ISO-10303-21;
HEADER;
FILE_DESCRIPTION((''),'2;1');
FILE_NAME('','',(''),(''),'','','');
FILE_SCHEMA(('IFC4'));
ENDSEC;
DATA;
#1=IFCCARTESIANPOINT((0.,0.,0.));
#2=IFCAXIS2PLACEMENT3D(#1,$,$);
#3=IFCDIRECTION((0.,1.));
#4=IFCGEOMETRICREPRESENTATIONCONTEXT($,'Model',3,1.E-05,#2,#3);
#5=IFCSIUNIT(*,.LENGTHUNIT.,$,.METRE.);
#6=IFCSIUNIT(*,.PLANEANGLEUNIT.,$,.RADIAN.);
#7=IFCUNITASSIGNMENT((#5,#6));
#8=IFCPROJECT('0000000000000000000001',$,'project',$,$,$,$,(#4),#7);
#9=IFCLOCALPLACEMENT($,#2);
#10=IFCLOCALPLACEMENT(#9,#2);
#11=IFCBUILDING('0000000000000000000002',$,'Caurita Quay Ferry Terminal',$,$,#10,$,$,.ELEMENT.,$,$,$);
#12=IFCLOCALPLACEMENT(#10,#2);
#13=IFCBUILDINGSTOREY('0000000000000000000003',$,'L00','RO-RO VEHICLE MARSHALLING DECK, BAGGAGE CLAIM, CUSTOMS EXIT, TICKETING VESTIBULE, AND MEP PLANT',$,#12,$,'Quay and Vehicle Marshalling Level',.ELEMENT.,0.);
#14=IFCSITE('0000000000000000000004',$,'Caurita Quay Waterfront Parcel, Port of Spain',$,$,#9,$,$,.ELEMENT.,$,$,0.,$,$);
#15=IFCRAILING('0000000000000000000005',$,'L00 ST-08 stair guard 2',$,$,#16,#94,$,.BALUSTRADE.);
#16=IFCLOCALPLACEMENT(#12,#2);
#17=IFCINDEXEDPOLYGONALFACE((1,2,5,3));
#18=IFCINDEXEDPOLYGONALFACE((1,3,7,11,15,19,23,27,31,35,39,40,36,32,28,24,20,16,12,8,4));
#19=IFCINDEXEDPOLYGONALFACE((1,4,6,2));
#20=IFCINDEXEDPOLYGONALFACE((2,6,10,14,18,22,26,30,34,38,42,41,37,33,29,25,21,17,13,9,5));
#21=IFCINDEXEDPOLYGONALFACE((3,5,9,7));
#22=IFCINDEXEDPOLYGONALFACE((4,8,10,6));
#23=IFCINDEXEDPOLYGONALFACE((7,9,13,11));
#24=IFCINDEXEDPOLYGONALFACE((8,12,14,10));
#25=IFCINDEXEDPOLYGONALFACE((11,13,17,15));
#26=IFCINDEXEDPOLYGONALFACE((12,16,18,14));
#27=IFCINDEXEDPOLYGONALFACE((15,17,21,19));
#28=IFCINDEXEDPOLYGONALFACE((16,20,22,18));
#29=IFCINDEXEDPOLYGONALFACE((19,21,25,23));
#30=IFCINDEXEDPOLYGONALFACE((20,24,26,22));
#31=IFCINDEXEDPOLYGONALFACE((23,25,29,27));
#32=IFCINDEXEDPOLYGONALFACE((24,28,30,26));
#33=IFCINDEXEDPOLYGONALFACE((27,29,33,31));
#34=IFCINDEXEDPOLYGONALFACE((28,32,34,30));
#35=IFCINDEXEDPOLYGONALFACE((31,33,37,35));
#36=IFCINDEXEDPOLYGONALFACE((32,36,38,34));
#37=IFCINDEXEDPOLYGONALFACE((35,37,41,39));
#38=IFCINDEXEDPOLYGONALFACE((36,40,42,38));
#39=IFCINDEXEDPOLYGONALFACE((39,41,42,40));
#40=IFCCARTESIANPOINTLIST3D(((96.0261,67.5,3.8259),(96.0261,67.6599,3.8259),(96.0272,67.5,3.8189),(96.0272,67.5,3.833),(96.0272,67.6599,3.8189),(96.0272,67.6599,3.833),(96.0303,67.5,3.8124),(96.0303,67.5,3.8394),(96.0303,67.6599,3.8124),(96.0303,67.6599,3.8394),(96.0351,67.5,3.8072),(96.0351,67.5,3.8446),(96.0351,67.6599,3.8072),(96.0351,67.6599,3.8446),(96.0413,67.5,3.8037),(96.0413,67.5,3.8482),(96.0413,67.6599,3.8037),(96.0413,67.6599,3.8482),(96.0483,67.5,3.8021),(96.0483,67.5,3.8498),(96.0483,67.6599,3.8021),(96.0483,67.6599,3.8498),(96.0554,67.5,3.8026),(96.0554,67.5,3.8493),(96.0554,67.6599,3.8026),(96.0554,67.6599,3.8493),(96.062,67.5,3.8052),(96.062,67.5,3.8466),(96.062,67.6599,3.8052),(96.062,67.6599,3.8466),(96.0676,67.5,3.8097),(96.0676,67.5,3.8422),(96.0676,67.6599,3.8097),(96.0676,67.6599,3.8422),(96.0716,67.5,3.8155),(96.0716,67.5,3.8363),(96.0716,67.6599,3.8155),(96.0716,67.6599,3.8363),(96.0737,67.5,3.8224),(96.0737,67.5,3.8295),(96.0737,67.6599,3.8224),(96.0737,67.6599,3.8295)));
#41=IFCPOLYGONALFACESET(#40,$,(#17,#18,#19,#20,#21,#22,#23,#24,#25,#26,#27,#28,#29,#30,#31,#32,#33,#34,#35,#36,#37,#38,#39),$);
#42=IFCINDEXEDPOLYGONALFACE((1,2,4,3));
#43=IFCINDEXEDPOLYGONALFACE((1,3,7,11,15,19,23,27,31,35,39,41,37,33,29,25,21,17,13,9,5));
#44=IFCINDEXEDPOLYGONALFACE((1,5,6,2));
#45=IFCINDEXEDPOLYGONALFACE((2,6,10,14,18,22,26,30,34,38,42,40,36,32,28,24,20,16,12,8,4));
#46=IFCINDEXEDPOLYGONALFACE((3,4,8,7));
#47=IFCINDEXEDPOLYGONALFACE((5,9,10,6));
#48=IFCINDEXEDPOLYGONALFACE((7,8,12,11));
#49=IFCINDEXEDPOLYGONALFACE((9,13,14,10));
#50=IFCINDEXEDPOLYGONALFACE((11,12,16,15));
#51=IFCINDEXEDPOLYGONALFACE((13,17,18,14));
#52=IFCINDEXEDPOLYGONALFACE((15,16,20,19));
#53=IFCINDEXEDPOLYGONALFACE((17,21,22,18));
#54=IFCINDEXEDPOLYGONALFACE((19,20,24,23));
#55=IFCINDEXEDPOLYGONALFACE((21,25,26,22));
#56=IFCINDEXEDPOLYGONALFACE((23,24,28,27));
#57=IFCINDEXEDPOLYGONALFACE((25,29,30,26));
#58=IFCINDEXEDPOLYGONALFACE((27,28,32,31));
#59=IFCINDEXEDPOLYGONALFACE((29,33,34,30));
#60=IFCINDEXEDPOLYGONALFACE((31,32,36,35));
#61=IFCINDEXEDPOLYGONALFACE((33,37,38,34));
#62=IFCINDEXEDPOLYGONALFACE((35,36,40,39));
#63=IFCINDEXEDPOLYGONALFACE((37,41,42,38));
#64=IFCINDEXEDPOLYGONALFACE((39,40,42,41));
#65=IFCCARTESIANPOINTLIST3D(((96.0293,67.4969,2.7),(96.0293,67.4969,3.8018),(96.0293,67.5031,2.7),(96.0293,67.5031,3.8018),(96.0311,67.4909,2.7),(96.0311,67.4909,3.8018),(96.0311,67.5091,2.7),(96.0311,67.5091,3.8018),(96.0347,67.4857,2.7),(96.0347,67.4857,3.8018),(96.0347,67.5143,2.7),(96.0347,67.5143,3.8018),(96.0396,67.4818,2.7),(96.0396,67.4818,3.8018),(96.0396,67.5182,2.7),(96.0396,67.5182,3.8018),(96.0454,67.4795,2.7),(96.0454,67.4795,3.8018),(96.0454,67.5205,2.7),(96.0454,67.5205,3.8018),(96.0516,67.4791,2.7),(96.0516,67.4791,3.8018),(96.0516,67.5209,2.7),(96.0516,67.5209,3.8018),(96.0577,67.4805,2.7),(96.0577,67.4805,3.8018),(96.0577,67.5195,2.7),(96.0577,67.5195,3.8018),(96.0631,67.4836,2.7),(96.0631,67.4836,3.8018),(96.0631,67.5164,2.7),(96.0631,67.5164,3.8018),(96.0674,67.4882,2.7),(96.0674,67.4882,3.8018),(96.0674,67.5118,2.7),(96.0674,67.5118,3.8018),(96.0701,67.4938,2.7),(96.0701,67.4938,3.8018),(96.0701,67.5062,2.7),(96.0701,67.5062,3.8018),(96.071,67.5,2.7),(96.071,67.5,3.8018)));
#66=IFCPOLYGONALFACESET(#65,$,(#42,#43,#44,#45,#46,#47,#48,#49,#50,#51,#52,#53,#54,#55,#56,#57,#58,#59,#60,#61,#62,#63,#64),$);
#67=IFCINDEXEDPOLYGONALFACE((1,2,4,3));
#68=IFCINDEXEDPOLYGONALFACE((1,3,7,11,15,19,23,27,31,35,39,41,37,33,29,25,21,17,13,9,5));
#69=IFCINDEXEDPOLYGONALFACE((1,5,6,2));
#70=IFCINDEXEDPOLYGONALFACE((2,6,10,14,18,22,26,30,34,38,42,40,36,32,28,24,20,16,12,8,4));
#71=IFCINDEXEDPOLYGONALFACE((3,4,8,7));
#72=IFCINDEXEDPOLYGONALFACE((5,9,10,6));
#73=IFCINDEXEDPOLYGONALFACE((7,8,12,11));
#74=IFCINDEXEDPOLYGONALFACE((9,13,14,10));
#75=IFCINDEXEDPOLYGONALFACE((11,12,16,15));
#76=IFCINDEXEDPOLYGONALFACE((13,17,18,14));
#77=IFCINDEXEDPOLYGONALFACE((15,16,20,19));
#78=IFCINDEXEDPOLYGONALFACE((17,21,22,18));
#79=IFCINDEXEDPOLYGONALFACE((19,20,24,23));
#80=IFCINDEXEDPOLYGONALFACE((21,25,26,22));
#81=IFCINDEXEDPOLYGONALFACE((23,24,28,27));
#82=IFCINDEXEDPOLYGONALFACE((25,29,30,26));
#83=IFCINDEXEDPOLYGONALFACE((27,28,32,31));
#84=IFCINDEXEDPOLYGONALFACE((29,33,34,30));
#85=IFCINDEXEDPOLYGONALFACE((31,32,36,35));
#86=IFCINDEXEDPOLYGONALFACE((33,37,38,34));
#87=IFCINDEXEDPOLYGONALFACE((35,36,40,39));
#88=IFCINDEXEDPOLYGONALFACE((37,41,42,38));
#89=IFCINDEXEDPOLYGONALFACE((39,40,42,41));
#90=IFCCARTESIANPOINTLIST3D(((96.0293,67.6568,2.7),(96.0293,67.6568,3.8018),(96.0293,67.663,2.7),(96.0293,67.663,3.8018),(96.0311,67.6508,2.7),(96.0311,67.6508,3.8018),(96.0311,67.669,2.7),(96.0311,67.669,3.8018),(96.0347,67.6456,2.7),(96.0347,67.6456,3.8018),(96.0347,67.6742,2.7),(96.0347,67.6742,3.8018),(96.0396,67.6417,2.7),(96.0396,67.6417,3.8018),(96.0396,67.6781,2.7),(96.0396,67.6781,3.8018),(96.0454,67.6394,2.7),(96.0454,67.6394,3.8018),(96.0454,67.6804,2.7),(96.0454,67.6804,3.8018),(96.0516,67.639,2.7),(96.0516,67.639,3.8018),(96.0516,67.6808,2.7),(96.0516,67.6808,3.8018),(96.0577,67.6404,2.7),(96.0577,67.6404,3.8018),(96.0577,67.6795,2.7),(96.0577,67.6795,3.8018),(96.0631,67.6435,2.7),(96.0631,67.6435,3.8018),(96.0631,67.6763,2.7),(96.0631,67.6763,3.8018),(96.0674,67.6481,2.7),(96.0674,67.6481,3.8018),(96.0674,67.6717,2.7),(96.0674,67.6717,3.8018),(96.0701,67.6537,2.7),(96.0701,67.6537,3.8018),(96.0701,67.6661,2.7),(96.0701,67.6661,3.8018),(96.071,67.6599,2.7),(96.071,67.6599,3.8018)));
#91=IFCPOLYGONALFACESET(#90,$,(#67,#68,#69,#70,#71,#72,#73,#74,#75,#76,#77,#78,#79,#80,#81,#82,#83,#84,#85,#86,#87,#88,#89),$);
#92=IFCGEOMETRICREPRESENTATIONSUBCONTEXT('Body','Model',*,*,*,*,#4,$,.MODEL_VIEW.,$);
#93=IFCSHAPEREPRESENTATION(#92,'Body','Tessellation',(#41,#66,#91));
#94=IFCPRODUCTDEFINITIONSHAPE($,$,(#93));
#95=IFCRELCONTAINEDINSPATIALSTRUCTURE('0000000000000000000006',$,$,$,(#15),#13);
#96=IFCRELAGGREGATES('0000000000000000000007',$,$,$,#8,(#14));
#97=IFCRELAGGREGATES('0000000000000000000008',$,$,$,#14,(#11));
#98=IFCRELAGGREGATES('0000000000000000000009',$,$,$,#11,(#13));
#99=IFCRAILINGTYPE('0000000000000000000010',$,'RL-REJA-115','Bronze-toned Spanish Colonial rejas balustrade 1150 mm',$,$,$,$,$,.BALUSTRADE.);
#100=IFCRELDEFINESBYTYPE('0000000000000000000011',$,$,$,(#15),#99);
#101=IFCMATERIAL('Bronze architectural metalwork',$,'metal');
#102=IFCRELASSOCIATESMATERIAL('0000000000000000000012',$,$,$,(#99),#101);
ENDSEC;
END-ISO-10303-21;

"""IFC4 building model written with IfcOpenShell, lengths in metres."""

from ifc_helpers import new_model, si_unit, direction, frame, origin, origin_2d, place, context, subcontext, project, spatial, circle, extrude, material, type_object, element, save


model = new_model("IFC4")

# Units and contexts
model_context = context("Model", 3, precision=1e-05, world=origin(), true_north=direction((0.0, 1.0)))
body_context = subcontext(model_context, "Body", "Model", "MODEL_VIEW")
ifc_project = project(units=[si_unit("LENGTHUNIT", "METRE"), si_unit("PLANEANGLEUNIT", "RADIAN")], contexts=[model_context])

# Site, building, storey
site_placement = place(None, origin())
site = spatial("IfcSite", under=ifc_project, at=site_placement, Name="Caurita Quay Waterfront Parcel, Port of Spain", CompositionType="ELEMENT", RefElevation=0.0)
building_placement = place(site_placement, origin())
building = spatial("IfcBuilding", under=site, at=building_placement, Name="Caurita Quay Ferry Terminal", CompositionType="ELEMENT")
storey_placement = place(building_placement, origin())
storey = spatial("IfcBuildingStorey", under=building, at=storey_placement, Name="L00", Description="RO-RO VEHICLE MARSHALLING DECK, BAGGAGE CLAIM, CUSTOMS EXIT, TICKETING VESTIBULE, AND MEP PLANT", LongName="Quay and Vehicle Marshalling Level", CompositionType="ELEMENT", Elevation=0.0)

# Railing
ifc_material_1 = material(Name="Bronze architectural metalwork", Category="metal")
railing_type_1 = type_object("IfcRailingType", Name="RL-REJA-115", Description="Bronze-toned Spanish Colonial rejas balustrade 1150 mm", PredefinedType="BALUSTRADE", material=ifc_material_1)
railing_1_placement = place(storey_placement, frame((96.05, 67.5, 2.7)))
element("IfcRailing", 1, at=railing_1_placement, inside=storey, type_object=railing_type_1, Name="L00 ST-08 stair guard 2", PredefinedType="BALUSTRADE", context=body_context, shape_type="SweptSolid", body=[
    extrude(circle(Radius=0.0239, at=origin_2d()), frame((0.0, 0.0, 1.126), z_axis=(0.0, 1.0, 0.0), x_axis=(-1.0, 0.0, 0.0)), (0.0, 0.0, 1.0), 0.1599),
    extrude(circle(Radius=0.021, at=origin_2d()), origin(), (0.0, 0.0, 1.0), 1.1018),
    extrude(circle(Radius=0.021, at=origin_2d()), frame((0.0, 0.1599, 0.0)), (0.0, 0.0, 1.0), 1.1018),
])

save(model, "model.ifc")
